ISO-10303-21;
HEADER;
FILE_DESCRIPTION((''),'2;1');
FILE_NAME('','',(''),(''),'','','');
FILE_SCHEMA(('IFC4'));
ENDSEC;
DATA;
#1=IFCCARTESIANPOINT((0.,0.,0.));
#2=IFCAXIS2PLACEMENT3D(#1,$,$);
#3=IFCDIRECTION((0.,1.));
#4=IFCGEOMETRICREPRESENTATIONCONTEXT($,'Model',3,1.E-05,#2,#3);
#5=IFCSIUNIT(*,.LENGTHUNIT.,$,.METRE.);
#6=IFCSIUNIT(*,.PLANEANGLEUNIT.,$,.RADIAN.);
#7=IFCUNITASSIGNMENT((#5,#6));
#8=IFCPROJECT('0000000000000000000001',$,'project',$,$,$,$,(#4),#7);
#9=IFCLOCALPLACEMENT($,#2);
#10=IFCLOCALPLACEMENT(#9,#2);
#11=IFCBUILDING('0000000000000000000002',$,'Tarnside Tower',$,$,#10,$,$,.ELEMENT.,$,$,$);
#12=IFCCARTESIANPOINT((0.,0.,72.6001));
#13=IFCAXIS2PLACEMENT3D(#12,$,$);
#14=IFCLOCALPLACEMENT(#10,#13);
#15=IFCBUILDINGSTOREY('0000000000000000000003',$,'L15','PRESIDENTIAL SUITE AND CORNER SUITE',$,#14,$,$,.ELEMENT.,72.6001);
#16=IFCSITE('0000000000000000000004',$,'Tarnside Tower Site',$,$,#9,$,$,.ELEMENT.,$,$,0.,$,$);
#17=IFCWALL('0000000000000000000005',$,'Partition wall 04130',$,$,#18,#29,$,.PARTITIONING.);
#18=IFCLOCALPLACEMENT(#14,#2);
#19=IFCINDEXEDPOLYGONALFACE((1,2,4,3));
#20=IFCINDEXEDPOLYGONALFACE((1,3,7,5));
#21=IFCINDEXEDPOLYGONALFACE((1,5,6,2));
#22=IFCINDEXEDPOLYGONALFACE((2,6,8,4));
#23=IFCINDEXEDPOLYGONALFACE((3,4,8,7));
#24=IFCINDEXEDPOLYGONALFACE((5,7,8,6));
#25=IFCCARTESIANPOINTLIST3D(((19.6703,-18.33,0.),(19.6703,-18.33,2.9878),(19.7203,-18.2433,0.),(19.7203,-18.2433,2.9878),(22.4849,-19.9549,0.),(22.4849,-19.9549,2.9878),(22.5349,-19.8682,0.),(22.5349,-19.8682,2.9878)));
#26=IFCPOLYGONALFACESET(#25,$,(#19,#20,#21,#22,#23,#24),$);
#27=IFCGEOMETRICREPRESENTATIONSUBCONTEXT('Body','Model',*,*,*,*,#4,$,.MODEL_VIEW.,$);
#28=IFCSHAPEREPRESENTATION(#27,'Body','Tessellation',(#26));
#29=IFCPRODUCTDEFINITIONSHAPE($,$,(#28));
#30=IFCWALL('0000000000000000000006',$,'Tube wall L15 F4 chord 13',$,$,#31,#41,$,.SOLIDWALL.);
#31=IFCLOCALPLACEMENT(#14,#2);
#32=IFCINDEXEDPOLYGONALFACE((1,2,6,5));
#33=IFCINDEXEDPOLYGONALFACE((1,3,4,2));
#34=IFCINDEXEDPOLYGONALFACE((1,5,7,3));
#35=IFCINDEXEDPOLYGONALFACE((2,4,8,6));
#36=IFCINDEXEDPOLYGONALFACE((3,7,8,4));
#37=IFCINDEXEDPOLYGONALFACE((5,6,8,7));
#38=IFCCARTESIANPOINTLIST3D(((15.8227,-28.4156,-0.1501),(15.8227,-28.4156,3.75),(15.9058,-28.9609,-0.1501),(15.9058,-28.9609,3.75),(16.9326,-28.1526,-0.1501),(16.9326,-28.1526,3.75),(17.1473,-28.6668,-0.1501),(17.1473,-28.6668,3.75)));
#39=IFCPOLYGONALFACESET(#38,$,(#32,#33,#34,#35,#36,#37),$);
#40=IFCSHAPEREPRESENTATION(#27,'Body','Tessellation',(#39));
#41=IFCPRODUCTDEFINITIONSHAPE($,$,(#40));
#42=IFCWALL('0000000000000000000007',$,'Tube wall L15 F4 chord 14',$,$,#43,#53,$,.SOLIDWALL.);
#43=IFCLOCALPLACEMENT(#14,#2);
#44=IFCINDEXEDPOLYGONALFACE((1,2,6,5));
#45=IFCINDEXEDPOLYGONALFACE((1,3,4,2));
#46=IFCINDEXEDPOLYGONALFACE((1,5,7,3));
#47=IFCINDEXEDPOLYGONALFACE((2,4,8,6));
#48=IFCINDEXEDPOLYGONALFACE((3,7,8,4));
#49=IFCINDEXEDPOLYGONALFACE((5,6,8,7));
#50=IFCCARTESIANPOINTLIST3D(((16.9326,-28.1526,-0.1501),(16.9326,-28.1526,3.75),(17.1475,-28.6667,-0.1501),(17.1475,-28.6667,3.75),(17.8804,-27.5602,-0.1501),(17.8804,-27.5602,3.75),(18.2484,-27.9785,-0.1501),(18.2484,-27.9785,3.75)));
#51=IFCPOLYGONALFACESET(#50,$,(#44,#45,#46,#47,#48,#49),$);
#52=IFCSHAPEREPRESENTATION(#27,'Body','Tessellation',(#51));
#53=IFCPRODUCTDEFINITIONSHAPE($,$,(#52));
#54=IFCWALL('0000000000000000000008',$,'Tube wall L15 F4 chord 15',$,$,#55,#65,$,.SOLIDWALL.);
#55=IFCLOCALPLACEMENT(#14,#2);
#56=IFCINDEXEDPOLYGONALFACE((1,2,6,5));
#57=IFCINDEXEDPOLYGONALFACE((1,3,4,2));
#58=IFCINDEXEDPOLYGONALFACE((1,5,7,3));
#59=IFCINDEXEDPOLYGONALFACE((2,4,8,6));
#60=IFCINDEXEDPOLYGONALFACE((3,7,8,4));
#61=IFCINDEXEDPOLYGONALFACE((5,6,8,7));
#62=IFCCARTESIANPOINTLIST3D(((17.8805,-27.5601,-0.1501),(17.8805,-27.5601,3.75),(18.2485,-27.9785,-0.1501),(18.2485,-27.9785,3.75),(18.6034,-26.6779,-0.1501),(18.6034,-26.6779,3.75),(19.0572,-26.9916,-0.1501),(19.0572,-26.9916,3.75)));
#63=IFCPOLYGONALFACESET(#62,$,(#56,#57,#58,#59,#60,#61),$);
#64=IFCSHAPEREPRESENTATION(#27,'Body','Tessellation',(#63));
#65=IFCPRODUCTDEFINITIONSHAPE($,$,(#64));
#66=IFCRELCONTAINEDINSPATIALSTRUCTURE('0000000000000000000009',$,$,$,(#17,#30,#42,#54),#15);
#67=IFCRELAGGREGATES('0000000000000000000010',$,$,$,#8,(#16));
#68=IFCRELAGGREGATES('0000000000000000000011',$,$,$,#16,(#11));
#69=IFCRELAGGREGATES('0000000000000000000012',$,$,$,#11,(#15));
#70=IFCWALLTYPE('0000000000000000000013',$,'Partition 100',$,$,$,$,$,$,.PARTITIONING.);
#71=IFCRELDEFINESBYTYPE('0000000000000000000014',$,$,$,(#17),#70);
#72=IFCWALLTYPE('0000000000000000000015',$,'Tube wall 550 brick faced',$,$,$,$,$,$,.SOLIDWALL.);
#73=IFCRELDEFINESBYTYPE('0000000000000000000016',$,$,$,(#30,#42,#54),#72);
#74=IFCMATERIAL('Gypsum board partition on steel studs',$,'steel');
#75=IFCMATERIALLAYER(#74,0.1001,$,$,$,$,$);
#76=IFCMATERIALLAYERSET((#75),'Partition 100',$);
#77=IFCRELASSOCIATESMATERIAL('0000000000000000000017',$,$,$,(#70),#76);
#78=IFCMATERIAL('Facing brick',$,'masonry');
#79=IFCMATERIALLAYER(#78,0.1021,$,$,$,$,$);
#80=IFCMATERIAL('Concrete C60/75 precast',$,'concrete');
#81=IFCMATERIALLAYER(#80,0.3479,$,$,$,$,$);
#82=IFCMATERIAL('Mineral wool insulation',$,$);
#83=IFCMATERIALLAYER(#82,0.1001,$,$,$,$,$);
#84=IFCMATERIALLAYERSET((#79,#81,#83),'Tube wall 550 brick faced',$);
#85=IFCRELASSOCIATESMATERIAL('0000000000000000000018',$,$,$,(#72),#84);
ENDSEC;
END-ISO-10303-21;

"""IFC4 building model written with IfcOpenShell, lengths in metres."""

from ifc_helpers import new_model, si_unit, direction, frame, frame_2d, origin, place, context, subcontext, project, spatial, polyline, rectangle, outline, extrude, material, layer, layer_set, type_object, element, save


model = new_model("IFC4")

# Units and contexts
model_context = context("Model", 3, precision=1e-05, world=origin(), true_north=direction((0.0, 1.0)))
body_context = subcontext(model_context, "Body", "Model", "MODEL_VIEW")
ifc_project = project(units=[si_unit("LENGTHUNIT", "METRE"), si_unit("PLANEANGLEUNIT", "RADIAN")], contexts=[model_context])

# Site, building, storey
site_placement = place(None, origin())
site = spatial("IfcSite", under=ifc_project, at=site_placement, Name="Tarnside Tower Site", CompositionType="ELEMENT", RefElevation=0.0)
building_placement = place(site_placement, origin())
building = spatial("IfcBuilding", under=site, at=building_placement, Name="Tarnside Tower", CompositionType="ELEMENT")
storey_placement = place(building_placement, frame((0.0, 0.0, 72.6001)))
storey = spatial("IfcBuildingStorey", under=building, at=storey_placement, Name="L15", Description="PRESIDENTIAL SUITE AND CORNER SUITE", CompositionType="ELEMENT", Elevation=72.6001)

# Walls
ifc_material_1 = material(Name="Gypsum board partition on steel studs", Category="steel")
ifc_layer_1 = layer(ifc_material_1, 0.1001)
ifc_layer_set_1 = layer_set([ifc_layer_1], Name="Partition 100")
wall_type_1 = type_object("IfcWallType", Name="Partition 100", PredefinedType="PARTITIONING", material=ifc_layer_set_1)
wall_1_placement = place(storey_placement, frame((19.6953, -18.2866, 0.0), z_axis=(0.0, 0.0, 1.0), x_axis=(0.866034, -0.499985, 0.0)))
element("IfcWall", 1, at=wall_1_placement, inside=storey, type_object=wall_type_1, Name="Partition wall 04130", PredefinedType="PARTITIONING", context=body_context, shape_type="SweptSolid", body=[
    extrude(rectangle(XDim=3.25, YDim=0.1001, at=frame_2d((1.625, 0.0))), origin(), (0.0, 0.0, 1.0), 2.9878),
])
ifc_material_2 = material(Name="Facing brick", Category="masonry")
ifc_layer_2 = layer(ifc_material_2, 0.1021)
ifc_material_3 = material(Name="Concrete C60/75 precast", Category="concrete")
ifc_layer_3 = layer(ifc_material_3, 0.3479)
ifc_material_4 = material(Name="Mineral wool insulation")
ifc_layer_4 = layer(ifc_material_4, 0.1001)
ifc_layer_set_2 = layer_set([ifc_layer_2, ifc_layer_3, ifc_layer_4], Name="Tube wall 550 brick faced")
wall_type_2 = type_object("IfcWallType", Name="Tube wall 550 brick faced", PredefinedType="SOLIDWALL", material=ifc_layer_set_2)
wall_2_placement = place(storey_placement, frame((15.8643, -28.6882, -0.1501), z_axis=(0.0, 0.0, 1.0), x_axis=(0.973064, 0.230537, 0.0)))
element("IfcWall", 2, at=wall_2_placement, inside=storey, type_object=wall_type_2, Name="Tube wall L15 F4 chord 13", PredefinedType="SOLIDWALL", context=body_context, shape_type="SweptSolid", body=[
    extrude(outline(polyline([(-0.0225, -0.2749), (1.2534, -0.2749), (1.1631, 0.2749), (0.0225, 0.2749), (-0.0225, -0.2749)])), origin(), (0.0, 0.0, 1.0), 3.9001),
])
wall_3_placement = place(storey_placement, frame((17.04, -28.4097, -0.1501), z_axis=(0.0, 0.0, 1.0), x_axis=(0.847953, 0.530072, 0.0)))
element("IfcWall", 3, at=wall_3_placement, inside=storey, type_object=wall_type_2, Name="Tube wall L15 F4 chord 14", PredefinedType="SOLIDWALL", context=body_context, shape_type="SweptSolid", body=[
    extrude(outline(polyline([(-0.0452, -0.2749), (1.2532, -0.2749), (1.1628, 0.2749), (0.0452, 0.2749), (-0.0452, -0.2749)])), origin(), (0.0, 0.0, 1.0), 3.9001),
])
wall_4_placement = place(storey_placement, frame((18.0645, -27.7693, -0.1501), z_axis=(0.0, 0.0, 1.0), x_axis=(0.633843, 0.773462, 0.0)))
element("IfcWall", 4, at=wall_4_placement, inside=storey, type_object=wall_type_2, Name="Tube wall L15 F4 chord 15", PredefinedType="SOLIDWALL", context=body_context, shape_type="SweptSolid", body=[
    extrude(outline(polyline([(-0.0452, -0.2749), (1.2307, -0.2749), (1.1858, 0.2749), (0.0452, 0.2749), (-0.0452, -0.2749)])), origin(), (0.0, 0.0, 1.0), 3.9001),
])

save(model, "model.ifc")
